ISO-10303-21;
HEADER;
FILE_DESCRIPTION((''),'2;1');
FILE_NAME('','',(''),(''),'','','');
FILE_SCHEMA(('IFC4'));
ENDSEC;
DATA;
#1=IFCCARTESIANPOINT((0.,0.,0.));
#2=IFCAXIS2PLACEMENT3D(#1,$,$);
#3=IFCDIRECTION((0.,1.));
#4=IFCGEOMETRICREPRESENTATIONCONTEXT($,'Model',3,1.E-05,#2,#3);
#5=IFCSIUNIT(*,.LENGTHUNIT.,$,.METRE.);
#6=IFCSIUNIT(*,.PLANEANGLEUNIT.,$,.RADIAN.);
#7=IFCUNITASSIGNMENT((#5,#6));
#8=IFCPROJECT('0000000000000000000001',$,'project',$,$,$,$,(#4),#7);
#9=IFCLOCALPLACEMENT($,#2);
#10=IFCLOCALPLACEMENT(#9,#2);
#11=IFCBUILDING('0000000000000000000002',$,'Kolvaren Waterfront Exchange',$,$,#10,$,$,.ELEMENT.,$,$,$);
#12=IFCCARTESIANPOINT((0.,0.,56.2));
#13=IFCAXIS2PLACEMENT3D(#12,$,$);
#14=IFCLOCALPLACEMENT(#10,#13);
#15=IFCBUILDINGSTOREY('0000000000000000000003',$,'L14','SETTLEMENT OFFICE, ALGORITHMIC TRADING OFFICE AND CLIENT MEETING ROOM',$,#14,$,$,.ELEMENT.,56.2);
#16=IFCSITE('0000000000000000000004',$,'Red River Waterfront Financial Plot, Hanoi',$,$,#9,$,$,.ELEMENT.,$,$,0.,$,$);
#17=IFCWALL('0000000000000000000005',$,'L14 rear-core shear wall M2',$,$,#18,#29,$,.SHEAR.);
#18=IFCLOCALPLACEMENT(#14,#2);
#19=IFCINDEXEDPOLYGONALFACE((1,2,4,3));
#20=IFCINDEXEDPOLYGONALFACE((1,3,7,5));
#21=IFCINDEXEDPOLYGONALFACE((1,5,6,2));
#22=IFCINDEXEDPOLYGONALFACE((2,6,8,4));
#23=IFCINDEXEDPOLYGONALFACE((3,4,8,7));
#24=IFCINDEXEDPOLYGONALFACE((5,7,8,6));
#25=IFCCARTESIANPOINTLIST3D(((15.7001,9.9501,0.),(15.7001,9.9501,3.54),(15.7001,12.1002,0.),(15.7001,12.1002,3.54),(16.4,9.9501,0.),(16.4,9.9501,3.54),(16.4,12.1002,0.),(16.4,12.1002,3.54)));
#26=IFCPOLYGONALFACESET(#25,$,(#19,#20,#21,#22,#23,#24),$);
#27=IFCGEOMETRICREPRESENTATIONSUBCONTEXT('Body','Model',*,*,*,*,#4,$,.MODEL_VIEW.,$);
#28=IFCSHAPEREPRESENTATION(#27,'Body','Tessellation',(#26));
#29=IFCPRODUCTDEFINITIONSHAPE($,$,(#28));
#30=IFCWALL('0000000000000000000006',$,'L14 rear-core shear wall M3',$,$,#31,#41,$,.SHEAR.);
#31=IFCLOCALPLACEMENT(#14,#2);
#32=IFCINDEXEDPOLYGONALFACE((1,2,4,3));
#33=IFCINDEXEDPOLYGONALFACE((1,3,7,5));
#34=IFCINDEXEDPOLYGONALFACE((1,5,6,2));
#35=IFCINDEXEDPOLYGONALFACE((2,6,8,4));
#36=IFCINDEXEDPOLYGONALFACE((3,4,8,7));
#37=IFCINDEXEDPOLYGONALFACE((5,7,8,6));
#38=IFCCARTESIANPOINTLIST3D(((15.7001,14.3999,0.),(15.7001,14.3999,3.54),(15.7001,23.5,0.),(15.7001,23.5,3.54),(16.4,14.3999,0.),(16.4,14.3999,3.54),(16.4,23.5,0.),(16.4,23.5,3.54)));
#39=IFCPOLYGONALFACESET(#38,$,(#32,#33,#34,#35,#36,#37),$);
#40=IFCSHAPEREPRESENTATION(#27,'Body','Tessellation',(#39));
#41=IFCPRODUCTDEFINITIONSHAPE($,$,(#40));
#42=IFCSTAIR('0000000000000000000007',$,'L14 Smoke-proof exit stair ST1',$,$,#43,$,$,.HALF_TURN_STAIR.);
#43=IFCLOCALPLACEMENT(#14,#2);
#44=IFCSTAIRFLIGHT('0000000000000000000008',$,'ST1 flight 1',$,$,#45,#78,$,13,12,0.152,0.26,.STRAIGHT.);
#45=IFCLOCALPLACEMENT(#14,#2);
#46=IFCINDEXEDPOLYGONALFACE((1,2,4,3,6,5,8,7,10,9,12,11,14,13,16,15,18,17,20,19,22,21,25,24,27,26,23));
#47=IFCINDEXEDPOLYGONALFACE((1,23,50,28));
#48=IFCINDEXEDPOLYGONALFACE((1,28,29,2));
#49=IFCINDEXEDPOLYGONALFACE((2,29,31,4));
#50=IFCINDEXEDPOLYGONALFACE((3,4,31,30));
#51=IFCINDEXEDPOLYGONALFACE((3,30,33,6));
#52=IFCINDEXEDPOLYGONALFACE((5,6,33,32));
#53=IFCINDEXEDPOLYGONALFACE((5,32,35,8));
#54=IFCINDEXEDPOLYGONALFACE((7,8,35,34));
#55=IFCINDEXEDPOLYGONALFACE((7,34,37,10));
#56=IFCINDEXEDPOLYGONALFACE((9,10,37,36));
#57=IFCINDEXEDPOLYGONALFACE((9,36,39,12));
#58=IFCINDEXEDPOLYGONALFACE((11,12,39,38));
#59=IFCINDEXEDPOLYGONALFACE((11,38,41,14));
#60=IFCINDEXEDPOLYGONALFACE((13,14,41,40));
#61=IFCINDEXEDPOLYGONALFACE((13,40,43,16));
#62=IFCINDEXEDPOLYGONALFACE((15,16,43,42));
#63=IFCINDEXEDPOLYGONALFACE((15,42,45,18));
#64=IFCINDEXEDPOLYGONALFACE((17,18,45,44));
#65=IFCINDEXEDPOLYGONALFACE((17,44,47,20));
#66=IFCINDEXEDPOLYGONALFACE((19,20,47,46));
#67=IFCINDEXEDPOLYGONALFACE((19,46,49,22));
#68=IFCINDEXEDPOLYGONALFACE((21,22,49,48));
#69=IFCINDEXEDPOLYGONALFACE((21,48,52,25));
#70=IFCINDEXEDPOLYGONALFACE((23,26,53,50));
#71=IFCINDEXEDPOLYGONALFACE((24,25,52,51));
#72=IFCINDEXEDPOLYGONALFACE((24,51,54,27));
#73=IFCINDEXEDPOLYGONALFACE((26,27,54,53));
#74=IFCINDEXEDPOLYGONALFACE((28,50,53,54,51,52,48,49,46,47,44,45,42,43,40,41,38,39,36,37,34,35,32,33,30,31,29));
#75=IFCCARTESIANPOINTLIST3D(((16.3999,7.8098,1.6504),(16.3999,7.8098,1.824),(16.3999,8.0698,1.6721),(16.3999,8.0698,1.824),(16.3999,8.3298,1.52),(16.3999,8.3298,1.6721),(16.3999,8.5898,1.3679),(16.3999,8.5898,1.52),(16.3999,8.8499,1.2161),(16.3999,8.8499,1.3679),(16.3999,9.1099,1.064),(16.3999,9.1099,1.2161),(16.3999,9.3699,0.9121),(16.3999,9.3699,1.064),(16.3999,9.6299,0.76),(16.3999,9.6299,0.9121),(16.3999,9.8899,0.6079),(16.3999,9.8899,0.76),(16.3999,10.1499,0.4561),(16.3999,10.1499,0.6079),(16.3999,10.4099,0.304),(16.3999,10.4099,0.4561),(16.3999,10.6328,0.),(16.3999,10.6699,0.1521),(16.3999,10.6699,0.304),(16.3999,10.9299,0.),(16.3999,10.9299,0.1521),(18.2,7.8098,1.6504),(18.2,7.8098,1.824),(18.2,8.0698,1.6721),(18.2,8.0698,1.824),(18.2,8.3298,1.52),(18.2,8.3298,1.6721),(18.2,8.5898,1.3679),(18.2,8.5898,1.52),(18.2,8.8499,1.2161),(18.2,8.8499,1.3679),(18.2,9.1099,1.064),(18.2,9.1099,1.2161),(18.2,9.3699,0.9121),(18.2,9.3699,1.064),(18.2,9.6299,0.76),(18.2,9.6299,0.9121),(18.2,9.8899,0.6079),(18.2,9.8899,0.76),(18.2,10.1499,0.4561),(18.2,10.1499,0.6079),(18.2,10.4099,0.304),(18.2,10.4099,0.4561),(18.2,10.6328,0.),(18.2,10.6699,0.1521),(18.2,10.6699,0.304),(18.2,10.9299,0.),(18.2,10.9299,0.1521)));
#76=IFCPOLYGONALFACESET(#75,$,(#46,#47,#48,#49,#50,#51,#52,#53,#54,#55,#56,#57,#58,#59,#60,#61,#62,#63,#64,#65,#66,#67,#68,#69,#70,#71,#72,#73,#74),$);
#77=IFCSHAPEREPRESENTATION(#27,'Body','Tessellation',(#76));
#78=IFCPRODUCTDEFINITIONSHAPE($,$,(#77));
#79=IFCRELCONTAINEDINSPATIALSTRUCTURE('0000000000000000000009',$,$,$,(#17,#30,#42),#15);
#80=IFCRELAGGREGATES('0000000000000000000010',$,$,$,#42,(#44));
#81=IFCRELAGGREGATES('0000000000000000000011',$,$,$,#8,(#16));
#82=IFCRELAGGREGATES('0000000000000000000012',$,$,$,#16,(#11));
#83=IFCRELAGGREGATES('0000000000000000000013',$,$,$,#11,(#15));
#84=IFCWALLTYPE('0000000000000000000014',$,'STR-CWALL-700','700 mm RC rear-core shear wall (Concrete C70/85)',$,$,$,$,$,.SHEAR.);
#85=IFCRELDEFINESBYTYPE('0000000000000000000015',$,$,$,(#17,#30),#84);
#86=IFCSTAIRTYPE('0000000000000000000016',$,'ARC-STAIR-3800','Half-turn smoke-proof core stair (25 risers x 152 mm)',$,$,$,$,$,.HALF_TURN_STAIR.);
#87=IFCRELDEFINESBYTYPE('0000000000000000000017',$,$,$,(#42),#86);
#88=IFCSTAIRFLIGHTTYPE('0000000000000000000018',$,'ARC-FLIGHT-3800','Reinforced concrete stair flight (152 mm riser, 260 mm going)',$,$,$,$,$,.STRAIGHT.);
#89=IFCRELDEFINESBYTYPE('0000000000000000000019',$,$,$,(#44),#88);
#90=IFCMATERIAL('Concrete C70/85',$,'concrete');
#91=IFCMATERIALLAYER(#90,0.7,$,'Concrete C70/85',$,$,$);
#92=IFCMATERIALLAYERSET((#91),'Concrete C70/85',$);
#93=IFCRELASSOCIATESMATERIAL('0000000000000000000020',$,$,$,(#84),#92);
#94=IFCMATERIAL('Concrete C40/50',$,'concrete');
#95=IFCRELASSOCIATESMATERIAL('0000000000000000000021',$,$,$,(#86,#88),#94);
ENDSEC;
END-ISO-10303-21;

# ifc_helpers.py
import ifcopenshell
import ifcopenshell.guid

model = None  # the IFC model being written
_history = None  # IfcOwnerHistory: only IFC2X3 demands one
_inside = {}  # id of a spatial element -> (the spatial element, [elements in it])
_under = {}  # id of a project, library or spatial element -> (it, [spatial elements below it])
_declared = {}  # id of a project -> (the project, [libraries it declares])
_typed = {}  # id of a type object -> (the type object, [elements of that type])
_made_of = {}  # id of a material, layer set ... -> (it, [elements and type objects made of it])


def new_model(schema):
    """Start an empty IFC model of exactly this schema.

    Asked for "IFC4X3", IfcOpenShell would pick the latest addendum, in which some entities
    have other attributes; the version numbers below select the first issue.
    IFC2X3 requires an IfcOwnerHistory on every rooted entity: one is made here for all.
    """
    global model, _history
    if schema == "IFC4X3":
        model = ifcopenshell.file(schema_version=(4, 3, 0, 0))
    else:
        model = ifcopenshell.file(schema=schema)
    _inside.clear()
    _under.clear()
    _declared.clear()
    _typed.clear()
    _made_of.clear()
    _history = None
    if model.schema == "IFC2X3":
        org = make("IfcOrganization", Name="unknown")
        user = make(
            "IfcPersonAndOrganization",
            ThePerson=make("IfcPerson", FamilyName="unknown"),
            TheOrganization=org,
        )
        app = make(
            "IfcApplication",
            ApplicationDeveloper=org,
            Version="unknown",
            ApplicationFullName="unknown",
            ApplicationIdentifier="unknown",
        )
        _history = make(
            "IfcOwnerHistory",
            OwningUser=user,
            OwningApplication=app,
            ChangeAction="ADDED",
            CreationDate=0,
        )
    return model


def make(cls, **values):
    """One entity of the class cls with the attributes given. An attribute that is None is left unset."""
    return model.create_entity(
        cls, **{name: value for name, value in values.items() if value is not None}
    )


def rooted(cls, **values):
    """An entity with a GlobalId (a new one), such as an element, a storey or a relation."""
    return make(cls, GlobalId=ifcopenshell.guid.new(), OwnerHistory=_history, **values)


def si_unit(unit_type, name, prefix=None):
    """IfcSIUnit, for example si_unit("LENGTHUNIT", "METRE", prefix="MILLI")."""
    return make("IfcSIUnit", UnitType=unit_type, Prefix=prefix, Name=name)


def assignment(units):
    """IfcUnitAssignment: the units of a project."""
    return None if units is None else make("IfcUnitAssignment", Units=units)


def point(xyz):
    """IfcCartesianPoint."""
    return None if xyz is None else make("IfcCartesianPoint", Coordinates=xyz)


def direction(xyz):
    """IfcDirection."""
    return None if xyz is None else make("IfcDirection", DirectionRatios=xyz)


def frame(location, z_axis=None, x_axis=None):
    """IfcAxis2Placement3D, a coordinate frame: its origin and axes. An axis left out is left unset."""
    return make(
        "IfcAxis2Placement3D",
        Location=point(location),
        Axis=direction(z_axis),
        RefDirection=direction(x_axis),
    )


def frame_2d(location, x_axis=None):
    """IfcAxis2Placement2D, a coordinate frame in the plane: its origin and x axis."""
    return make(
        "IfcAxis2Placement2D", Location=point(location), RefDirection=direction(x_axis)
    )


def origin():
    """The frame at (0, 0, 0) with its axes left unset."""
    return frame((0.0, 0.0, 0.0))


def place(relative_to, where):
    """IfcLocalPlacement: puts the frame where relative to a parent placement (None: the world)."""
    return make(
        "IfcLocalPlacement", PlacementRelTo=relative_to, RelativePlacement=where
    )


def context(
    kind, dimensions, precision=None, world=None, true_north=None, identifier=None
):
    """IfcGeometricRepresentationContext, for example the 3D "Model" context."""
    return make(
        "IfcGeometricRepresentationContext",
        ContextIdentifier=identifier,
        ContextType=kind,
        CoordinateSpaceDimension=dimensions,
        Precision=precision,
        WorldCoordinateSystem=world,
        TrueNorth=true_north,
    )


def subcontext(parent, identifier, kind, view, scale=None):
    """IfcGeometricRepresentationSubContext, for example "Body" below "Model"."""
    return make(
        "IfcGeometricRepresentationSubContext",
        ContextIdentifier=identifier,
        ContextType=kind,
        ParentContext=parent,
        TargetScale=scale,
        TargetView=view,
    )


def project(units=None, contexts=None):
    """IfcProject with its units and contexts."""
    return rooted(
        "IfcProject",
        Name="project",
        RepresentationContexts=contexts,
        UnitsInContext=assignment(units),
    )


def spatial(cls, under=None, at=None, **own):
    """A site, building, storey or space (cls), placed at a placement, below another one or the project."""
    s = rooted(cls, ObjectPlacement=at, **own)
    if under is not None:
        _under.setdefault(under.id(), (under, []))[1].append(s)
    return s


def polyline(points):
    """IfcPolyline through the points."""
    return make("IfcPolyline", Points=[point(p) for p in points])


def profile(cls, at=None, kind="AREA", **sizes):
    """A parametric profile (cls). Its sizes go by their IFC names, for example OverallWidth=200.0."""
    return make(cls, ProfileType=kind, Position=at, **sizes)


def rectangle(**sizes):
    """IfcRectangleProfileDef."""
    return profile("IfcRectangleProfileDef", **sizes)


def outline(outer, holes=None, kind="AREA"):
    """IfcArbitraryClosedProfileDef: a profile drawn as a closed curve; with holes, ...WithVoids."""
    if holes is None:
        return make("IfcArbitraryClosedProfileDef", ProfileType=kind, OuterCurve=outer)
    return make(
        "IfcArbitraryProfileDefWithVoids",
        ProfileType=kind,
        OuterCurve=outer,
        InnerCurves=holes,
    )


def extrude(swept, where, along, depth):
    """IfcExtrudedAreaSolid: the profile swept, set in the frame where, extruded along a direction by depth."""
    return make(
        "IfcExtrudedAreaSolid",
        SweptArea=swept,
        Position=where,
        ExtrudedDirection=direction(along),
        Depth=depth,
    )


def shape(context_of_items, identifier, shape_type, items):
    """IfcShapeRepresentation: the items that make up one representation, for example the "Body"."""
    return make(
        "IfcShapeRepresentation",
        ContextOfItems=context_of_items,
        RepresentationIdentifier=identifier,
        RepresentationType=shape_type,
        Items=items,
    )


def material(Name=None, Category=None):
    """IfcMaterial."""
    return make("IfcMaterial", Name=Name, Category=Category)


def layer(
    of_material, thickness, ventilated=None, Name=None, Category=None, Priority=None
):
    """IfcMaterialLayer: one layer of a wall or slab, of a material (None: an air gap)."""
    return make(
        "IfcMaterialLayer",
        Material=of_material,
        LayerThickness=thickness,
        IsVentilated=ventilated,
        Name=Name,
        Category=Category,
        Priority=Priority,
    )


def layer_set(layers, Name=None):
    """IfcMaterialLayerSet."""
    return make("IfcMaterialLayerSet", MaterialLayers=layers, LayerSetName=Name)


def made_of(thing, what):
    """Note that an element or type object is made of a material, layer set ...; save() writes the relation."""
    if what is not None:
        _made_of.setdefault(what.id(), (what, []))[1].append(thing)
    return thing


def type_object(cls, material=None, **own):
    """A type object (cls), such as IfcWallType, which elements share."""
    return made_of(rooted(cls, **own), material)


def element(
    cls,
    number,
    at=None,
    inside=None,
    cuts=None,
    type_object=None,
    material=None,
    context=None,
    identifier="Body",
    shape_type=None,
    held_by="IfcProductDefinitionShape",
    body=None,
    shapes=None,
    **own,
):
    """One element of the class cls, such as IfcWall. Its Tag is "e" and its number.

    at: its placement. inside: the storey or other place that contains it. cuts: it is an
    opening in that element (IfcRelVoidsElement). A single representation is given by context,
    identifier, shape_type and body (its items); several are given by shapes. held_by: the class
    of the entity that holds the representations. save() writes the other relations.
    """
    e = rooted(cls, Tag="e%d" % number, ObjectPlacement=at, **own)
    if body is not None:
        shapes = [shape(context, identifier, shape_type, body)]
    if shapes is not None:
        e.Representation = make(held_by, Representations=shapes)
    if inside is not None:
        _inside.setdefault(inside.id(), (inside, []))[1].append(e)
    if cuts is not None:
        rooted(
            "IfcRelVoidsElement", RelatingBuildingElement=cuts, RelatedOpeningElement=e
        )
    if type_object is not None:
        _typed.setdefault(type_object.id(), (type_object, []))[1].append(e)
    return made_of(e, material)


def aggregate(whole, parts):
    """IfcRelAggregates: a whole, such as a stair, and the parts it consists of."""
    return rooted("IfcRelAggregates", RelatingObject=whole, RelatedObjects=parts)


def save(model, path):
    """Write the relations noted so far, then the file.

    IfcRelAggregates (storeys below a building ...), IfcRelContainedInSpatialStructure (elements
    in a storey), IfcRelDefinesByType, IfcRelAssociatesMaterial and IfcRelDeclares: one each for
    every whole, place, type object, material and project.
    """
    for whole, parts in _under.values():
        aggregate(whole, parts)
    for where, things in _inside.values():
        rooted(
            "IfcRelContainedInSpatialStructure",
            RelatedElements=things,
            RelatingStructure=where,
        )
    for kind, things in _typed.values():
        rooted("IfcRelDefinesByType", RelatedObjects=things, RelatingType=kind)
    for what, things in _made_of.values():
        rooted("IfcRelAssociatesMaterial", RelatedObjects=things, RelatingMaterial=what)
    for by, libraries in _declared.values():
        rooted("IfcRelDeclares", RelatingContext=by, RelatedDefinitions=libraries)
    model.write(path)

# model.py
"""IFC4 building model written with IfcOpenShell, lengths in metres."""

from ifc_helpers import new_model, si_unit, direction, frame, frame_2d, origin, place, context, subcontext, project, spatial, polyline, rectangle, outline, extrude, material, layer, layer_set, type_object, element, aggregate, save


model = new_model("IFC4")

# Units and contexts
model_context = context("Model", 3, precision=1e-05, world=origin(), true_north=direction((0.0, 1.0)))
body_context = subcontext(model_context, "Body", "Model", "MODEL_VIEW")
ifc_project = project(units=[si_unit("LENGTHUNIT", "METRE"), si_unit("PLANEANGLEUNIT", "RADIAN")], contexts=[model_context])

# Site, building, storey
site_placement = place(None, origin())
site = spatial("IfcSite", under=ifc_project, at=site_placement, Name="Red River Waterfront Financial Plot, Hanoi", CompositionType="ELEMENT", RefElevation=0.0)
building_placement = place(site_placement, origin())
building = spatial("IfcBuilding", under=site, at=building_placement, Name="Kolvaren Waterfront Exchange", CompositionType="ELEMENT")
storey_placement = place(building_placement, frame((0.0, 0.0, 56.2)))
storey = spatial("IfcBuildingStorey", under=building, at=storey_placement, Name="L14", Description="SETTLEMENT OFFICE, ALGORITHMIC TRADING OFFICE AND CLIENT MEETING ROOM", CompositionType="ELEMENT", Elevation=56.2)

# Walls
ifc_material_1 = material(Name="Concrete C40/50", Category="concrete")
ifc_material_2 = material(Name="Concrete C70/85", Category="concrete")
ifc_layer_1 = layer(ifc_material_2, 0.7, Name="Concrete C70/85")
ifc_layer_set_1 = layer_set([ifc_layer_1], Name="Concrete C70/85")
wall_type_1 = type_object("IfcWallType", Name="STR-CWALL-700", Description="700 mm RC rear-core shear wall (Concrete C70/85)", PredefinedType="SHEAR", material=ifc_layer_set_1)
wall_1_placement = place(storey_placement, frame((16.05, 9.95, 0.0), z_axis=(0.0, 0.0, 1.0), x_axis=(0.0, 1.0, 0.0)))
element("IfcWall", 1, at=wall_1_placement, inside=storey, type_object=wall_type_1, Name="L14 rear-core shear wall M2", PredefinedType="SHEAR", context=body_context, shape_type="SweptSolid", body=[
    extrude(rectangle(XDim=2.1501, YDim=0.7, at=frame_2d((1.0752, 0.0))), origin(), (0.0, 0.0, 1.0), 3.54),
])
wall_2_placement = place(storey_placement, frame((16.05, 14.3999, 0.0), z_axis=(0.0, 0.0, 1.0), x_axis=(0.0, 1.0, 0.0)))
element("IfcWall", 2, at=wall_2_placement, inside=storey, type_object=wall_type_1, Name="L14 rear-core shear wall M3", PredefinedType="SHEAR", context=body_context, shape_type="SweptSolid", body=[
    extrude(rectangle(XDim=9.1001, YDim=0.7, at=frame_2d((4.55, 0.0))), origin(), (0.0, 0.0, 1.0), 3.54),
])

# Stair, stair flight
stair_type = type_object("IfcStairType", Name="ARC-STAIR-3800", Description="Half-turn smoke-proof core stair (25 risers x 152 mm)", PredefinedType="HALF_TURN_STAIR", material=ifc_material_1)
stair_placement = place(storey_placement, origin())
stair = element("IfcStair", 3, at=stair_placement, inside=storey, type_object=stair_type, Name="L14 Smoke-proof exit stair ST1", PredefinedType="HALF_TURN_STAIR")
stair_flight_type = type_object("IfcStairFlightType", Name="ARC-FLIGHT-3800", Description="Reinforced concrete stair flight (152 mm riser, 260 mm going)", PredefinedType="STRAIGHT", material=ifc_material_1)
stair_flight_placement = place(storey_placement, frame((17.3, 10.9299, 0.0), z_axis=(0.0, 0.0, 1.0), x_axis=(0.0, -1.0, 0.0)))
stair_flight = element("IfcStairFlight", 4, at=stair_flight_placement, type_object=stair_flight_type, Name="ST1 flight 1", NumberOfRisers=13, NumberOfTreads=12, PredefinedType="STRAIGHT", RiserHeight=0.152, TreadLength=0.26, context=body_context, shape_type="SweptSolid", body=[
    extrude(outline(polyline([(0.0, 0.0), (0.0, 0.1521), (0.26, 0.1521), (0.26, 0.304), (0.52, 0.304), (0.52, 0.4561), (0.78, 0.4561), (0.78, 0.6079), (1.04, 0.6079), (1.04, 0.76), (1.3, 0.76), (1.3, 0.9121), (1.5601, 0.9121), (1.5601, 1.064), (1.8201, 1.064), (1.8201, 1.2161), (2.0801, 1.2161), (2.0801, 1.3679), (2.3401, 1.3679), (2.3401, 1.52), (2.6001, 1.52), (2.6001, 1.6721), (2.8601, 1.6721), (2.8601, 1.824), (3.1201, 1.824), (3.1201, 1.9761), (3.1201, 1.6504), (0.2971, 0.0), (0.0, 0.0)])), frame((0.0, 0.8999, 0.0), z_axis=(0.0, -1.0, 0.0), x_axis=(1.0, 0.0, 0.0)), (0.0, 0.0, 1.0), 1.8),
])
aggregate(stair, [stair_flight])

save(model, "model.ifc")
